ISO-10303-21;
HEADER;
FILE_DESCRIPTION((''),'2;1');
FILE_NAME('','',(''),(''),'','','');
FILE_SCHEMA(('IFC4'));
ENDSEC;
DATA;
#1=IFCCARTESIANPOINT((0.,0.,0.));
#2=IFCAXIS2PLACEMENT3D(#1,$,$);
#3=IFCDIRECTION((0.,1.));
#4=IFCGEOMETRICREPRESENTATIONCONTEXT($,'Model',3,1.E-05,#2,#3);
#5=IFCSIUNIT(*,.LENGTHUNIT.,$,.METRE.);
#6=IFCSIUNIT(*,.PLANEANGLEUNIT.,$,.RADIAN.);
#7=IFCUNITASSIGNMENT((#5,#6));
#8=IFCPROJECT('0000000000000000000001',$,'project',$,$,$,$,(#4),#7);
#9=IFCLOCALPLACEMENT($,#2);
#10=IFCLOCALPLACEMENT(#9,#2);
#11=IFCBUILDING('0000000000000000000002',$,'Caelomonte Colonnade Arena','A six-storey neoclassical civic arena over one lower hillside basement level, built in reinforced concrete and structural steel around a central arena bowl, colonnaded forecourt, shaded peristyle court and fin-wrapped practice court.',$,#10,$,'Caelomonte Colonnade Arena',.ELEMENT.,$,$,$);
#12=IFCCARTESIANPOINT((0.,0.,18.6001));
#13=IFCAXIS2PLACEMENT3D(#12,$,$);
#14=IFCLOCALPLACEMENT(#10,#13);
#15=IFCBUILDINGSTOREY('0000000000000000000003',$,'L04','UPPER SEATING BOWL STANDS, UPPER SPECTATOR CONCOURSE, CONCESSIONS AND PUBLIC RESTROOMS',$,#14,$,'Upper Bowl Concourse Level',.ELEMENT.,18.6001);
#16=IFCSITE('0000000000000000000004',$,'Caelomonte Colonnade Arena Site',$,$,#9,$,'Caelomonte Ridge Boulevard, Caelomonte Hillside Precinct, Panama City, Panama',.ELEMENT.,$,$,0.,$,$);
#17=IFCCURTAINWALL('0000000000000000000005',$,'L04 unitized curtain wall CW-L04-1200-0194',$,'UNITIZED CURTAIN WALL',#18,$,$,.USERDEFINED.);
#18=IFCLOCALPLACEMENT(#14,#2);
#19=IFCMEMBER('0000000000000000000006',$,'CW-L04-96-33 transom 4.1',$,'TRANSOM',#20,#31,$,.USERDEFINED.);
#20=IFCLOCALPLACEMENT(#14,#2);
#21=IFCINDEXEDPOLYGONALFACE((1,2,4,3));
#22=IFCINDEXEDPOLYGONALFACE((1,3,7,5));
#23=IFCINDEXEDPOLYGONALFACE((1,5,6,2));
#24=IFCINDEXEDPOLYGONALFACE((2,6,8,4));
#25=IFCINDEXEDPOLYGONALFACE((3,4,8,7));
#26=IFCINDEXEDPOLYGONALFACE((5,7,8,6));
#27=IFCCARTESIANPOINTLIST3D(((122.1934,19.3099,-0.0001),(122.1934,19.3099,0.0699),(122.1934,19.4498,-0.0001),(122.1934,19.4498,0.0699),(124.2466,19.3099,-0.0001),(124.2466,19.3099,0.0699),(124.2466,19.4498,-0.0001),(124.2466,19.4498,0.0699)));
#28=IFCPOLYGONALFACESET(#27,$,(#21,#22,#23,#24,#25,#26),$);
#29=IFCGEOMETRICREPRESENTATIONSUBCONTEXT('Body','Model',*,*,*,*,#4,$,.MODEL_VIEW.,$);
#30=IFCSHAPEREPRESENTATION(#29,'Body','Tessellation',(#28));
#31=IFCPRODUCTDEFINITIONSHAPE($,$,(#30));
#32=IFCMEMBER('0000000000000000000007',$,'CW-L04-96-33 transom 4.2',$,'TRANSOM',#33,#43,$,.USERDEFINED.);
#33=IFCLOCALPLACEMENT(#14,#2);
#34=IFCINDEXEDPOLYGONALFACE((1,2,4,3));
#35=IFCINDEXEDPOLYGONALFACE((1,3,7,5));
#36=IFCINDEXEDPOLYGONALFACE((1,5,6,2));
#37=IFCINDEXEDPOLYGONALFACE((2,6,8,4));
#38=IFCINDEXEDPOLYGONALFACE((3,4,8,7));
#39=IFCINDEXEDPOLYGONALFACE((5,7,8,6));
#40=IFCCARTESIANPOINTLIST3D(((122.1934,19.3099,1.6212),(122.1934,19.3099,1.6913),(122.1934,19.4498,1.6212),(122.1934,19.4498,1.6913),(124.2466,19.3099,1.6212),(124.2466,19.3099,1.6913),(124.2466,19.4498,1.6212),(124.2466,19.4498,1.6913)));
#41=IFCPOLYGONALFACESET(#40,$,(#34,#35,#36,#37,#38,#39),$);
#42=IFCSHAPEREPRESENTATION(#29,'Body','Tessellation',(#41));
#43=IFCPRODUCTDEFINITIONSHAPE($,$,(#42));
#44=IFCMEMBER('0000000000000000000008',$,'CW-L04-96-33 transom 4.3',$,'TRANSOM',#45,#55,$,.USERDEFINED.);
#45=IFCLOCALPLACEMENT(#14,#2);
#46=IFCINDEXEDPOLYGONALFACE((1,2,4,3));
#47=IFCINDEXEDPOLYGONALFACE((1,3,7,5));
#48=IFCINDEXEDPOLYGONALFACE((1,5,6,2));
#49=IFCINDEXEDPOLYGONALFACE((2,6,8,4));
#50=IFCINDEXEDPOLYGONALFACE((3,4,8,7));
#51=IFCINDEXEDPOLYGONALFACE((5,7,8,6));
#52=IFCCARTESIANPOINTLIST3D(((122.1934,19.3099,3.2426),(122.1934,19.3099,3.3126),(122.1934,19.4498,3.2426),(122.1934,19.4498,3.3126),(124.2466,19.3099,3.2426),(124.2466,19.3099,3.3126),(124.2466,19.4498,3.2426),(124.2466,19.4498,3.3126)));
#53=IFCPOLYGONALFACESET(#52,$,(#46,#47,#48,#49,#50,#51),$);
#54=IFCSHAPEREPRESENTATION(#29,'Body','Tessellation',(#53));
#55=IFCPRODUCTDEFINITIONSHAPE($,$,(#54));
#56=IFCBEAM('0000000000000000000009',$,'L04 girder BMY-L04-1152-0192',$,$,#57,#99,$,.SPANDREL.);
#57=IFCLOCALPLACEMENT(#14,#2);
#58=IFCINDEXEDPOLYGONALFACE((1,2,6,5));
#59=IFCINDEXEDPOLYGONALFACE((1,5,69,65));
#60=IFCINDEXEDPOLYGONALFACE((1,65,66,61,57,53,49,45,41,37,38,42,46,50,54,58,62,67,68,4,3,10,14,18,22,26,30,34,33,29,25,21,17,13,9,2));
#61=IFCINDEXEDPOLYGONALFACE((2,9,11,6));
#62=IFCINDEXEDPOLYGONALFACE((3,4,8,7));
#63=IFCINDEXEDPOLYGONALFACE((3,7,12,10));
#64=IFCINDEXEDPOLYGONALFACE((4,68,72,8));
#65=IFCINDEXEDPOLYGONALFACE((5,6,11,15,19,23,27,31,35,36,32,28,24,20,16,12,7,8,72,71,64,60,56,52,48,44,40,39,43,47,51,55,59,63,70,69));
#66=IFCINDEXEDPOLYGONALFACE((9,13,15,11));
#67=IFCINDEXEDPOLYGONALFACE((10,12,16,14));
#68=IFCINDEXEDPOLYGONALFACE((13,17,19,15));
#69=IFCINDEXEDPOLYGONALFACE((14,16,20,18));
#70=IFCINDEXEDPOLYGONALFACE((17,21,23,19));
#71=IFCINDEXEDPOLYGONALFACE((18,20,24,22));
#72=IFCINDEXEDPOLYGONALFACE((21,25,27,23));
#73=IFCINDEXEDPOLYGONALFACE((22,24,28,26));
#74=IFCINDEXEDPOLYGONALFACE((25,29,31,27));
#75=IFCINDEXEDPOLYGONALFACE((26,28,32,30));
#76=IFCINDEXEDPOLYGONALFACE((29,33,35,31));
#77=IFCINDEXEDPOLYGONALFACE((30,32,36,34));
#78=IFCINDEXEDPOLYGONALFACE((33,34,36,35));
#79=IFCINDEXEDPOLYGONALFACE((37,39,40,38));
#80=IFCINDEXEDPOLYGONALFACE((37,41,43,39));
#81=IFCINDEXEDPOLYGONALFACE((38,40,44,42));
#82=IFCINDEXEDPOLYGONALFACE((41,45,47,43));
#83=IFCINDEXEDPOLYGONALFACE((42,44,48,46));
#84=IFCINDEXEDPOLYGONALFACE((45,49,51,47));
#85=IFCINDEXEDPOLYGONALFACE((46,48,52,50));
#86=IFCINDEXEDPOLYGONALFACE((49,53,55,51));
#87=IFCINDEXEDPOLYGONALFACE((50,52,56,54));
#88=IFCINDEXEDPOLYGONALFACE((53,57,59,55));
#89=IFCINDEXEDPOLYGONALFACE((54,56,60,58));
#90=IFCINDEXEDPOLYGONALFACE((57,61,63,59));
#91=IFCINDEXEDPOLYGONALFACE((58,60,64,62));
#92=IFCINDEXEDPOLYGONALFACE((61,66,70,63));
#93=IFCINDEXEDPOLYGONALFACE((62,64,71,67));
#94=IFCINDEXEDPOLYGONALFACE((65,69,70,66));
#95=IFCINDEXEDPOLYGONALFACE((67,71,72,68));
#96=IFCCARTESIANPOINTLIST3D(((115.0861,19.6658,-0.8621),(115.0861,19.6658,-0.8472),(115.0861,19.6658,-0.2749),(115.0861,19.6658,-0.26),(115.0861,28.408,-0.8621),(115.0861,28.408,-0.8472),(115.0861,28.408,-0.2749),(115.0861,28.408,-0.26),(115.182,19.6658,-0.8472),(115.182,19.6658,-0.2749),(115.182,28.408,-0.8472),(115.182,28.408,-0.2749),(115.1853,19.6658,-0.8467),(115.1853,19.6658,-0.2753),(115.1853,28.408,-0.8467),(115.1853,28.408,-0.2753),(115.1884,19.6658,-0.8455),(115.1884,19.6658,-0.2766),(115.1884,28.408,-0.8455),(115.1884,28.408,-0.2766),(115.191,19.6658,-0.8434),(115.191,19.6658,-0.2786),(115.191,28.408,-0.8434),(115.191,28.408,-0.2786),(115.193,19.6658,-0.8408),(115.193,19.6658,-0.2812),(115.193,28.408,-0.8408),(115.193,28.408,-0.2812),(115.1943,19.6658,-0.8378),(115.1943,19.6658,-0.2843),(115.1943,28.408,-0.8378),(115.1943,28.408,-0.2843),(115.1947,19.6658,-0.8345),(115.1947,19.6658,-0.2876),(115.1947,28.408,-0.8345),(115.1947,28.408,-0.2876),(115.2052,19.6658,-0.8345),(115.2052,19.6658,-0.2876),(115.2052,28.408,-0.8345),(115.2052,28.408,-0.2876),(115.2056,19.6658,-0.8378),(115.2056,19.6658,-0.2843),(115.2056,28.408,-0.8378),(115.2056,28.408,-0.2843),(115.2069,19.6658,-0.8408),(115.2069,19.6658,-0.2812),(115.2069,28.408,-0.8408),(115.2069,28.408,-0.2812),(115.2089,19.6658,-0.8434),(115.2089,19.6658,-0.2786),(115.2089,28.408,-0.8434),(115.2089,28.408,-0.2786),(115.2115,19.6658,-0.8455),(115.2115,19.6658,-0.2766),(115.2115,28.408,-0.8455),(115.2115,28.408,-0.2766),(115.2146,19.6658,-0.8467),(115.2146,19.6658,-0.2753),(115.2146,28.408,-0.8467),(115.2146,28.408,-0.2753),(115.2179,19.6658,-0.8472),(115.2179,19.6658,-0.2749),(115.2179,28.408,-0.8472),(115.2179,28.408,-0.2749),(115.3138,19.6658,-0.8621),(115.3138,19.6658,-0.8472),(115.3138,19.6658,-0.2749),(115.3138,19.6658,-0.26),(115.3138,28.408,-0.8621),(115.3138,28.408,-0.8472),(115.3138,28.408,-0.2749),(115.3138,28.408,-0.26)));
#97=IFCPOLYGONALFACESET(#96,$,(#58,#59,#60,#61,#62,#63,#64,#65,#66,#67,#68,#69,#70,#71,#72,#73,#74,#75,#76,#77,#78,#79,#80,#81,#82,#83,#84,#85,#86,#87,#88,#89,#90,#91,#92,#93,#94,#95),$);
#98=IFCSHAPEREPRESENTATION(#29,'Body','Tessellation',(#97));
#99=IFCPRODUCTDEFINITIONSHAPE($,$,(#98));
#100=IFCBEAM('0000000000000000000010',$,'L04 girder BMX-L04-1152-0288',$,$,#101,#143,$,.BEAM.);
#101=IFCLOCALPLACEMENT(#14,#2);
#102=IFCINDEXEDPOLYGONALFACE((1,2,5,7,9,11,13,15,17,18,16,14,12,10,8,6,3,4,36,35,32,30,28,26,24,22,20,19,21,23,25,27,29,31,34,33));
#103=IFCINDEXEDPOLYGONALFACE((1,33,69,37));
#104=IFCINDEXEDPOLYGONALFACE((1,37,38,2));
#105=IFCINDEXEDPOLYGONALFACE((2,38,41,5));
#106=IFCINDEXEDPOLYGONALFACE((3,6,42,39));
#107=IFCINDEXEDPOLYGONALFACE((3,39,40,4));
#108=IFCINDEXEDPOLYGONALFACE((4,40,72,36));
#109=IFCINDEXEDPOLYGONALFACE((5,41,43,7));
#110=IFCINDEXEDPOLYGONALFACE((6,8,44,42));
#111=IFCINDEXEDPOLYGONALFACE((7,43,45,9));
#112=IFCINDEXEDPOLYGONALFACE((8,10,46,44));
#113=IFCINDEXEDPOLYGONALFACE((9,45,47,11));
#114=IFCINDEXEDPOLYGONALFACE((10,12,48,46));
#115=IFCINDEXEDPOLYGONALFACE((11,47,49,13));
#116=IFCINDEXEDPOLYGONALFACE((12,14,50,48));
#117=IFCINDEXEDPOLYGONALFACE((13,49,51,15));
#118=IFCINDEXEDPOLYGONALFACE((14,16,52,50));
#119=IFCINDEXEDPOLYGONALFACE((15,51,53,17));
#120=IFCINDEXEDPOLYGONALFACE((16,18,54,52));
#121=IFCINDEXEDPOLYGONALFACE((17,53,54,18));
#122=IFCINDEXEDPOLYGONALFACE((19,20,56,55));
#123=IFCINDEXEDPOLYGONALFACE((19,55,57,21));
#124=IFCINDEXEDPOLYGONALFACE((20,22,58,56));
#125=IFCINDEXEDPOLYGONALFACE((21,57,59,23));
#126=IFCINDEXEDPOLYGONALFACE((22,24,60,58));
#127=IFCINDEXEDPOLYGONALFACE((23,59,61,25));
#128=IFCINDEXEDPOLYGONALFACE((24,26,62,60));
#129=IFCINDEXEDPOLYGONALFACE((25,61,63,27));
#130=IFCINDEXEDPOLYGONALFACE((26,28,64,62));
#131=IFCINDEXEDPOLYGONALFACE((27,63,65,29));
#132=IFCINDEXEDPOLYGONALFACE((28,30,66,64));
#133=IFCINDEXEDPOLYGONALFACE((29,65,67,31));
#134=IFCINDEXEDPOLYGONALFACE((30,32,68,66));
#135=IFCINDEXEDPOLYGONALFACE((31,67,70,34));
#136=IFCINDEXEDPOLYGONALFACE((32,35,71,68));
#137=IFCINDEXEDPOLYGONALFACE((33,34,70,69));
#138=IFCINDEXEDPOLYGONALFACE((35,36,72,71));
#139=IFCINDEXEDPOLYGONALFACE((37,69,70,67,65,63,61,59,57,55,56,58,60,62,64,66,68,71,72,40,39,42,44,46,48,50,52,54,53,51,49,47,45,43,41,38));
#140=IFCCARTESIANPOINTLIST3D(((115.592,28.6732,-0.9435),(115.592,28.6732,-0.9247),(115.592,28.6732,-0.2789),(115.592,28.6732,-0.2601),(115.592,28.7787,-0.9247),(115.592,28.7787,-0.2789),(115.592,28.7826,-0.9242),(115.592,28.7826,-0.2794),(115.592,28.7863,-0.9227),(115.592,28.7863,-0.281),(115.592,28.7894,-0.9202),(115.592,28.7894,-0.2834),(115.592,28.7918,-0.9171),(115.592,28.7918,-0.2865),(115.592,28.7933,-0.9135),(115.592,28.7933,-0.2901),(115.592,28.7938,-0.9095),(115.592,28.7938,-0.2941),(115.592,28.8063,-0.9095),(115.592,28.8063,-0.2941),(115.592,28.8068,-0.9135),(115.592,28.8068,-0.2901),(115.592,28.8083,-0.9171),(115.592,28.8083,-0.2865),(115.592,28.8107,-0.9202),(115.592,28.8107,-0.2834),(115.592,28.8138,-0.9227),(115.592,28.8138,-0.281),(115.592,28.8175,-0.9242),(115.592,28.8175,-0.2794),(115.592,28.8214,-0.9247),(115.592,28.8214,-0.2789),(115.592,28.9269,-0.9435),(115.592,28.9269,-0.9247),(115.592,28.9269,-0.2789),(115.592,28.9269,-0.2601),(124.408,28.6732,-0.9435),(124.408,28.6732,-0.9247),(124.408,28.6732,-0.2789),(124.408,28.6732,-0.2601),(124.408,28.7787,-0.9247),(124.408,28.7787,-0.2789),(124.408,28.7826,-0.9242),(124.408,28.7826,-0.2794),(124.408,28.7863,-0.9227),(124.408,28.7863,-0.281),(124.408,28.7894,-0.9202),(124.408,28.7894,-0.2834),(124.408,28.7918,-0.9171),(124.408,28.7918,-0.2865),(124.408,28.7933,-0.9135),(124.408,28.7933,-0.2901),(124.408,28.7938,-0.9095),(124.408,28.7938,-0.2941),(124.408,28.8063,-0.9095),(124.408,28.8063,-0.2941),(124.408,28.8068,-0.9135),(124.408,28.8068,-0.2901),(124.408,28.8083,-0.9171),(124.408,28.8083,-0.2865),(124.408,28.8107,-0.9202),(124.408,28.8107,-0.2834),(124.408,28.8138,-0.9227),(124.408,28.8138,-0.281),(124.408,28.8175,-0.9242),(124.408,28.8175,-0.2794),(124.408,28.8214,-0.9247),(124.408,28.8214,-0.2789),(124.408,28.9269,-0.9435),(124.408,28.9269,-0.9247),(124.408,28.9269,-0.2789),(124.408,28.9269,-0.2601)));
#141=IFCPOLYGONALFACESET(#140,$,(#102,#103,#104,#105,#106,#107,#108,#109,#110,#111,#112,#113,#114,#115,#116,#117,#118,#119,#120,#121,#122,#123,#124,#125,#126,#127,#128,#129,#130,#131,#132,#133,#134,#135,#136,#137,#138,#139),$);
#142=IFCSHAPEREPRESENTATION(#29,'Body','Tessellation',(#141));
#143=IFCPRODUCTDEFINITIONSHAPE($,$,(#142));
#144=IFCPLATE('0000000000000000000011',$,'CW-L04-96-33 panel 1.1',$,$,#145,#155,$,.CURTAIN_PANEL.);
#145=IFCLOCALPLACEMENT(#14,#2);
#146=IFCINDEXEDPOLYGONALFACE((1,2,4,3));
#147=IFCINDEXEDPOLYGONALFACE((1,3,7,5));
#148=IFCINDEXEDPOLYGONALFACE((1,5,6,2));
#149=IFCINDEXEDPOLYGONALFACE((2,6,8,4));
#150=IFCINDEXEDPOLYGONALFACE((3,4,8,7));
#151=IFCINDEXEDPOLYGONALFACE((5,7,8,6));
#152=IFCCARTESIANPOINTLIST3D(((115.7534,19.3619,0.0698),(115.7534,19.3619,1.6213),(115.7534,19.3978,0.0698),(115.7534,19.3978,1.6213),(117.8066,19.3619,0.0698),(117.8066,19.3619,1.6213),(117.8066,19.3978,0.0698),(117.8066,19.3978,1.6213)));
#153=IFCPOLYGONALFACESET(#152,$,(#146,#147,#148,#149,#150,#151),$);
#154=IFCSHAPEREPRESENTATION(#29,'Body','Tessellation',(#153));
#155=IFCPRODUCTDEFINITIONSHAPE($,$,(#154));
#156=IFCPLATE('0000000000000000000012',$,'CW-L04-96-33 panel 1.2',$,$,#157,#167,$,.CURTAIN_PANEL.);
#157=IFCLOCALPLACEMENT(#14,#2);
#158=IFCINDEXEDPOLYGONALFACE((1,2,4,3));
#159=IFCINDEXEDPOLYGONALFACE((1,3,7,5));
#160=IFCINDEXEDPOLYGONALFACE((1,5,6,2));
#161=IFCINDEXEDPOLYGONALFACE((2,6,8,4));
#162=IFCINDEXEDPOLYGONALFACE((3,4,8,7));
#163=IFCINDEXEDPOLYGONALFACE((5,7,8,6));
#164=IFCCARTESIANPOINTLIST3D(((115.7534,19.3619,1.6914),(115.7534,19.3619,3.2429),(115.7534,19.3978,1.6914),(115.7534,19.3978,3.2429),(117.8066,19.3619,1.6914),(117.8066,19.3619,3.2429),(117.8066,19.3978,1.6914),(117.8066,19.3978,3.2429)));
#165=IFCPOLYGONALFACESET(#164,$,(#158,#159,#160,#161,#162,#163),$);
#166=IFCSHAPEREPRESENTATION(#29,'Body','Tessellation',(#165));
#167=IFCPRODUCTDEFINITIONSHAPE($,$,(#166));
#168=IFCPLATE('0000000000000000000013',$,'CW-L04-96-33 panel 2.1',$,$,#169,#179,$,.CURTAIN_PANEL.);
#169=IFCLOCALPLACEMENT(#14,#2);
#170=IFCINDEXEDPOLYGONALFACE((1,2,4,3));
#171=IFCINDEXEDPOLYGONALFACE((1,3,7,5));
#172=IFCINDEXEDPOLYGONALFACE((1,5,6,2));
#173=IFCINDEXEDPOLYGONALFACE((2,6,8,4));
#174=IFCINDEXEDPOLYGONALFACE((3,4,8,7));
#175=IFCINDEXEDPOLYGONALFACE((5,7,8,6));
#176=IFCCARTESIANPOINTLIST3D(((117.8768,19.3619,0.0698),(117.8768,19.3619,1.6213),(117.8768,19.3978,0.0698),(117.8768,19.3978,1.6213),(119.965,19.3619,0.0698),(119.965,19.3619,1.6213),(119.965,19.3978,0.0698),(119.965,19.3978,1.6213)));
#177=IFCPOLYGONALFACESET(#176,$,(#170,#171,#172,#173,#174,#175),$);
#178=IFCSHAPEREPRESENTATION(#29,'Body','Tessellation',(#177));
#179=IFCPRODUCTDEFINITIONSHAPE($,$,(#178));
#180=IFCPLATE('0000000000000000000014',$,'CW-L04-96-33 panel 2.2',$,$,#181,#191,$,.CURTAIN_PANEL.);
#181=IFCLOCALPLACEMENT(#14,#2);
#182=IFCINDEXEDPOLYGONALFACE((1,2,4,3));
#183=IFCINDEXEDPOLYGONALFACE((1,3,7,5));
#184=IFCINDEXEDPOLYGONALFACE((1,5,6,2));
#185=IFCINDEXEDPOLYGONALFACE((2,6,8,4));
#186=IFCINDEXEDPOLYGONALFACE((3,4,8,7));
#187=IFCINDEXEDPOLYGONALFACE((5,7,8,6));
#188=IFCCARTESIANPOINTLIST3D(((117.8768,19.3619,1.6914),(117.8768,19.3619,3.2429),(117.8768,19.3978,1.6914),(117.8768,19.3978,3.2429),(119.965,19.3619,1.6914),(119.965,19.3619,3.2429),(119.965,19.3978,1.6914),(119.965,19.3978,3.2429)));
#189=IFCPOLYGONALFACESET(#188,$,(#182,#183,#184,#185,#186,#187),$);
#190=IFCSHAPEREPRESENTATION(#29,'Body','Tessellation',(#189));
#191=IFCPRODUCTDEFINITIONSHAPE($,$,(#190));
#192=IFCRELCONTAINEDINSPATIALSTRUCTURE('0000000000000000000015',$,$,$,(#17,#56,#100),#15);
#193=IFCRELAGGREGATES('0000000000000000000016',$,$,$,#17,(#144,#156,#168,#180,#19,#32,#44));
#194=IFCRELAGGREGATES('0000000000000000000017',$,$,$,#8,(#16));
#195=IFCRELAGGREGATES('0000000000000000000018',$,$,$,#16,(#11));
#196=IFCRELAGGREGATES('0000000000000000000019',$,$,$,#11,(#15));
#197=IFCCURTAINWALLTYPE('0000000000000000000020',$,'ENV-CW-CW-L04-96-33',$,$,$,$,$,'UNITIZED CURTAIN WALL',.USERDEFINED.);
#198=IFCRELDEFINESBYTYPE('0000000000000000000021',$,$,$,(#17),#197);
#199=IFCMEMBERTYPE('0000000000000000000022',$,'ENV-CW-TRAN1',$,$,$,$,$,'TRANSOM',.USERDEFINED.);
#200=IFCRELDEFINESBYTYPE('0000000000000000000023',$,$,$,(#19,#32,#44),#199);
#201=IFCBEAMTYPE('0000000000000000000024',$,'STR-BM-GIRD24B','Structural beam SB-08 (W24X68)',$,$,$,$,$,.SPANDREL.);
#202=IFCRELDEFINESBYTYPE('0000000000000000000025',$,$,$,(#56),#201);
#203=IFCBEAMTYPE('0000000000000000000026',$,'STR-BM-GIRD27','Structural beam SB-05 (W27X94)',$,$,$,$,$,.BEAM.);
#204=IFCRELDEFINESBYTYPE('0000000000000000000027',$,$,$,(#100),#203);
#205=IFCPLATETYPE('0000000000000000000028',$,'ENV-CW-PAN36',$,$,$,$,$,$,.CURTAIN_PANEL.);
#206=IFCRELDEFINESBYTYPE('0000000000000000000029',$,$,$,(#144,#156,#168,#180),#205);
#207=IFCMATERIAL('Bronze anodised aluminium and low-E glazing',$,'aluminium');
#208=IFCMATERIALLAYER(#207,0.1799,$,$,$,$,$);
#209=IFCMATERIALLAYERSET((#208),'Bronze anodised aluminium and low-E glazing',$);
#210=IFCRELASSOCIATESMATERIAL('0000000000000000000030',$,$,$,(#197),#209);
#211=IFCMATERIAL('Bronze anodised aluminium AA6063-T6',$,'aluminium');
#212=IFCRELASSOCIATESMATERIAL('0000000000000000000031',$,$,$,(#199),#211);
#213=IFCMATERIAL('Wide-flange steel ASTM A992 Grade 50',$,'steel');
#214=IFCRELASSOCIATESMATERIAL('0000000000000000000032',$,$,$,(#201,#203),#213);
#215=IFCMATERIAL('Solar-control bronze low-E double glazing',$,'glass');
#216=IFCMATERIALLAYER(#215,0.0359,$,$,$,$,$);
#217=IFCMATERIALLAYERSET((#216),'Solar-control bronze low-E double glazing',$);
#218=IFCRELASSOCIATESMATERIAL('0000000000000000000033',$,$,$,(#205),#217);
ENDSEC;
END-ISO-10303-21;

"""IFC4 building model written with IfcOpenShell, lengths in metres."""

from ifc_helpers import new_model, si_unit, direction, frame, origin, origin_2d, place, context, subcontext, project, spatial, rectangle, i_section, extrude, material, layer, layer_set, material_profile, profile_set, type_object, element, aggregate, save


model = new_model("IFC4")

# Units and contexts
model_context = context("Model", 3, precision=1e-05, world=origin(), true_north=direction((0.0, 1.0)))
body_context = subcontext(model_context, "Body", "Model", "MODEL_VIEW")
ifc_project = project(units=[si_unit("LENGTHUNIT", "METRE"), si_unit("PLANEANGLEUNIT", "RADIAN")], contexts=[model_context])

# Site, building, storey
site_placement = place(None, origin())
site = spatial("IfcSite", under=ifc_project, at=site_placement, Name="Caelomonte Colonnade Arena Site", LongName="Caelomonte Ridge Boulevard, Caelomonte Hillside Precinct, Panama City, Panama", CompositionType="ELEMENT", RefElevation=0.0)
building_placement = place(site_placement, origin())
building = spatial("IfcBuilding", under=site, at=building_placement, Name="Caelomonte Colonnade Arena", Description="A six-storey neoclassical civic arena over one lower hillside basement level, built in reinforced concrete and structural steel around a central arena bowl, colonnaded forecourt, shaded peristyle court and fin-wrapped practice court.", LongName="Caelomonte Colonnade Arena", CompositionType="ELEMENT")
storey_placement = place(building_placement, frame((0.0, 0.0, 18.6001)))
storey = spatial("IfcBuildingStorey", under=building, at=storey_placement, Name="L04", Description="UPPER SEATING BOWL STANDS, UPPER SPECTATOR CONCOURSE, CONCESSIONS AND PUBLIC RESTROOMS", LongName="Upper Bowl Concourse Level", CompositionType="ELEMENT", Elevation=18.6001)

# Curtain wall, members
ifc_material_1 = material(Name="Bronze anodised aluminium and low-E glazing", Category="aluminium")
ifc_layer_1 = layer(ifc_material_1, 0.1799)
ifc_layer_set_1 = layer_set([ifc_layer_1], Name="Bronze anodised aluminium and low-E glazing")
curtain_wall_type = type_object("IfcCurtainWallType", Name="ENV-CW-CW-L04-96-33", ElementType="UNITIZED CURTAIN WALL", PredefinedType="USERDEFINED", material=ifc_layer_set_1)
curtain_wall_placement = place(storey_placement, origin())
curtain_wall = element("IfcCurtainWall", 1, at=curtain_wall_placement, inside=storey, type_object=curtain_wall_type, Name="L04 unitized curtain wall CW-L04-1200-0194", ObjectType="UNITIZED CURTAIN WALL", PredefinedType="USERDEFINED")
ifc_material_2 = material(Name="Bronze anodised aluminium AA6063-T6", Category="aluminium")
ifc_material_profile_1 = material_profile(ifc_material_2, rectangle(XDim=0.0701, YDim=0.1399, at=origin_2d()), Name="CWT-70X140")
ifc_profile_set_1 = profile_set([ifc_material_profile_1], Name="Bronze anodised aluminium AA6063-T6")
member_type_1 = type_object("IfcMemberType", Name="ENV-CW-TRAN1", ElementType="TRANSOM", PredefinedType="USERDEFINED", material=ifc_profile_set_1)
member_1_placement = place(storey_placement, frame((122.1934, 19.3799, 0.0349), z_axis=(1.0, 0.0, 0.0), x_axis=(0.0, 0.0, 1.0)))
member_1 = element("IfcMember", 2, at=member_1_placement, type_object=member_type_1, Name="CW-L04-96-33 transom 4.1", ObjectType="TRANSOM", PredefinedType="USERDEFINED", context=body_context, shape_type="SweptSolid", body=[
    extrude(rectangle(XDim=0.0701, YDim=0.1399, at=origin_2d()), origin(), (0.0, 0.0, 1.0), 2.0532),
])
member_2_placement = place(storey_placement, frame((122.1934, 19.3799, 1.6562), z_axis=(1.0, 0.0, 0.0), x_axis=(0.0, 0.0, 1.0)))
member_2 = element("IfcMember", 3, at=member_2_placement, type_object=member_type_1, Name="CW-L04-96-33 transom 4.2", ObjectType="TRANSOM", PredefinedType="USERDEFINED", context=body_context, shape_type="SweptSolid", body=[
    extrude(rectangle(XDim=0.0701, YDim=0.1399, at=origin_2d()), origin(), (0.0, 0.0, 1.0), 2.0532),
])
member_3_placement = place(storey_placement, frame((122.1934, 19.3799, 3.2776), z_axis=(1.0, 0.0, 0.0), x_axis=(0.0, 0.0, 1.0)))
member_3 = element("IfcMember", 4, at=member_3_placement, type_object=member_type_1, Name="CW-L04-96-33 transom 4.3", ObjectType="TRANSOM", PredefinedType="USERDEFINED", context=body_context, shape_type="SweptSolid", body=[
    extrude(rectangle(XDim=0.0701, YDim=0.1399, at=origin_2d()), origin(), (0.0, 0.0, 1.0), 2.0532),
])

# Beams
ifc_material_3 = material(Name="Wide-flange steel ASTM A992 Grade 50", Category="steel")
ifc_material_profile_2 = material_profile(ifc_material_3, i_section(OverallWidth=0.2278, OverallDepth=0.6021, WebThickness=0.0105, FlangeThickness=0.0149, FilletRadius=0.0127, at=origin_2d()), Name="W24X68")
ifc_profile_set_2 = profile_set([ifc_material_profile_2], Name="Wide-flange steel ASTM A992 Grade 50")
beam_type_1 = type_object("IfcBeamType", Name="STR-BM-GIRD24B", Description="Structural beam SB-08 (W24X68)", PredefinedType="SPANDREL", material=ifc_profile_set_2)
beam_1_placement = place(storey_placement, frame((115.2, 19.6658, -0.561), z_axis=(0.0, 1.0, 0.0), x_axis=(-1.0, 0.0, 0.0)))
element("IfcBeam", 5, at=beam_1_placement, inside=storey, type_object=beam_type_1, Name="L04 girder BMY-L04-1152-0192", PredefinedType="SPANDREL", context=body_context, shape_type="SweptSolid", body=[
    extrude(i_section(OverallWidth=0.2278, OverallDepth=0.6021, WebThickness=0.0105, FlangeThickness=0.0149, FilletRadius=0.0127, at=origin_2d()), origin(), (0.0, 0.0, 1.0), 8.7422),
])
ifc_material_profile_3 = material_profile(ifc_material_3, i_section(OverallWidth=0.2537, OverallDepth=0.6833, WebThickness=0.0125, FlangeThickness=0.0188, FilletRadius=0.0151, at=origin_2d()), Name="W27X94")
ifc_profile_set_3 = profile_set([ifc_material_profile_3], Name="Wide-flange steel ASTM A992 Grade 50")
beam_type_2 = type_object("IfcBeamType", Name="STR-BM-GIRD27", Description="Structural beam SB-05 (W27X94)", PredefinedType="BEAM", material=ifc_profile_set_3)
beam_2_placement = place(storey_placement, frame((115.592, 28.8, -0.6018), z_axis=(1.0, 0.0, 0.0), x_axis=(0.0, 1.0, 0.0)))
element("IfcBeam", 6, at=beam_2_placement, inside=storey, type_object=beam_type_2, Name="L04 girder BMX-L04-1152-0288", PredefinedType="BEAM", context=body_context, shape_type="SweptSolid", body=[
    extrude(i_section(OverallWidth=0.2537, OverallDepth=0.6833, WebThickness=0.0125, FlangeThickness=0.0188, FilletRadius=0.0151, at=origin_2d()), origin(), (0.0, 0.0, 1.0), 8.8159),
])

# Plates
ifc_material_4 = material(Name="Solar-control bronze low-E double glazing", Category="glass")
ifc_layer_2 = layer(ifc_material_4, 0.0359)
ifc_layer_set_2 = layer_set([ifc_layer_2], Name="Solar-control bronze low-E double glazing")
plate_type = type_object("IfcPlateType", Name="ENV-CW-PAN36", PredefinedType="CURTAIN_PANEL", material=ifc_layer_set_2)
plate_1_placement = place(storey_placement, frame((116.78, 19.3799, 0.0698), z_axis=(0.0, 0.0, 1.0), x_axis=(1.0, 0.0, 0.0)))
plate_1 = element("IfcPlate", 7, at=plate_1_placement, type_object=plate_type, Name="CW-L04-96-33 panel 1.1", PredefinedType="CURTAIN_PANEL", context=body_context, shape_type="SweptSolid", body=[
    extrude(rectangle(XDim=2.0532, YDim=0.0359, at=origin_2d()), origin(), (0.0, 0.0, 1.0), 1.5515),
])
plate_2_placement = place(storey_placement, frame((116.78, 19.3799, 1.6914), z_axis=(0.0, 0.0, 1.0), x_axis=(1.0, 0.0, 0.0)))
plate_2 = element("IfcPlate", 8, at=plate_2_placement, type_object=plate_type, Name="CW-L04-96-33 panel 1.2", PredefinedType="CURTAIN_PANEL", context=body_context, shape_type="SweptSolid", body=[
    extrude(rectangle(XDim=2.0532, YDim=0.0359, at=origin_2d()), origin(), (0.0, 0.0, 1.0), 1.5515),
])
plate_3_placement = place(storey_placement, frame((118.9209, 19.3799, 0.0698), z_axis=(0.0, 0.0, 1.0), x_axis=(1.0, 0.0, 0.0)))
plate_3 = element("IfcPlate", 9, at=plate_3_placement, type_object=plate_type, Name="CW-L04-96-33 panel 2.1", PredefinedType="CURTAIN_PANEL", context=body_context, shape_type="SweptSolid", body=[
    extrude(rectangle(XDim=2.0881, YDim=0.0359, at=origin_2d()), origin(), (0.0, 0.0, 1.0), 1.5515),
])
plate_4_placement = place(storey_placement, frame((118.9209, 19.3799, 1.6914), z_axis=(0.0, 0.0, 1.0), x_axis=(1.0, 0.0, 0.0)))
plate_4 = element("IfcPlate", 10, at=plate_4_placement, type_object=plate_type, Name="CW-L04-96-33 panel 2.2", PredefinedType="CURTAIN_PANEL", context=body_context, shape_type="SweptSolid", body=[
    extrude(rectangle(XDim=2.0881, YDim=0.0359, at=origin_2d()), origin(), (0.0, 0.0, 1.0), 1.5515),
])
aggregate(curtain_wall, [plate_1, plate_2, plate_3, plate_4, member_1, member_2, member_3])

save(model, "model.ifc")
